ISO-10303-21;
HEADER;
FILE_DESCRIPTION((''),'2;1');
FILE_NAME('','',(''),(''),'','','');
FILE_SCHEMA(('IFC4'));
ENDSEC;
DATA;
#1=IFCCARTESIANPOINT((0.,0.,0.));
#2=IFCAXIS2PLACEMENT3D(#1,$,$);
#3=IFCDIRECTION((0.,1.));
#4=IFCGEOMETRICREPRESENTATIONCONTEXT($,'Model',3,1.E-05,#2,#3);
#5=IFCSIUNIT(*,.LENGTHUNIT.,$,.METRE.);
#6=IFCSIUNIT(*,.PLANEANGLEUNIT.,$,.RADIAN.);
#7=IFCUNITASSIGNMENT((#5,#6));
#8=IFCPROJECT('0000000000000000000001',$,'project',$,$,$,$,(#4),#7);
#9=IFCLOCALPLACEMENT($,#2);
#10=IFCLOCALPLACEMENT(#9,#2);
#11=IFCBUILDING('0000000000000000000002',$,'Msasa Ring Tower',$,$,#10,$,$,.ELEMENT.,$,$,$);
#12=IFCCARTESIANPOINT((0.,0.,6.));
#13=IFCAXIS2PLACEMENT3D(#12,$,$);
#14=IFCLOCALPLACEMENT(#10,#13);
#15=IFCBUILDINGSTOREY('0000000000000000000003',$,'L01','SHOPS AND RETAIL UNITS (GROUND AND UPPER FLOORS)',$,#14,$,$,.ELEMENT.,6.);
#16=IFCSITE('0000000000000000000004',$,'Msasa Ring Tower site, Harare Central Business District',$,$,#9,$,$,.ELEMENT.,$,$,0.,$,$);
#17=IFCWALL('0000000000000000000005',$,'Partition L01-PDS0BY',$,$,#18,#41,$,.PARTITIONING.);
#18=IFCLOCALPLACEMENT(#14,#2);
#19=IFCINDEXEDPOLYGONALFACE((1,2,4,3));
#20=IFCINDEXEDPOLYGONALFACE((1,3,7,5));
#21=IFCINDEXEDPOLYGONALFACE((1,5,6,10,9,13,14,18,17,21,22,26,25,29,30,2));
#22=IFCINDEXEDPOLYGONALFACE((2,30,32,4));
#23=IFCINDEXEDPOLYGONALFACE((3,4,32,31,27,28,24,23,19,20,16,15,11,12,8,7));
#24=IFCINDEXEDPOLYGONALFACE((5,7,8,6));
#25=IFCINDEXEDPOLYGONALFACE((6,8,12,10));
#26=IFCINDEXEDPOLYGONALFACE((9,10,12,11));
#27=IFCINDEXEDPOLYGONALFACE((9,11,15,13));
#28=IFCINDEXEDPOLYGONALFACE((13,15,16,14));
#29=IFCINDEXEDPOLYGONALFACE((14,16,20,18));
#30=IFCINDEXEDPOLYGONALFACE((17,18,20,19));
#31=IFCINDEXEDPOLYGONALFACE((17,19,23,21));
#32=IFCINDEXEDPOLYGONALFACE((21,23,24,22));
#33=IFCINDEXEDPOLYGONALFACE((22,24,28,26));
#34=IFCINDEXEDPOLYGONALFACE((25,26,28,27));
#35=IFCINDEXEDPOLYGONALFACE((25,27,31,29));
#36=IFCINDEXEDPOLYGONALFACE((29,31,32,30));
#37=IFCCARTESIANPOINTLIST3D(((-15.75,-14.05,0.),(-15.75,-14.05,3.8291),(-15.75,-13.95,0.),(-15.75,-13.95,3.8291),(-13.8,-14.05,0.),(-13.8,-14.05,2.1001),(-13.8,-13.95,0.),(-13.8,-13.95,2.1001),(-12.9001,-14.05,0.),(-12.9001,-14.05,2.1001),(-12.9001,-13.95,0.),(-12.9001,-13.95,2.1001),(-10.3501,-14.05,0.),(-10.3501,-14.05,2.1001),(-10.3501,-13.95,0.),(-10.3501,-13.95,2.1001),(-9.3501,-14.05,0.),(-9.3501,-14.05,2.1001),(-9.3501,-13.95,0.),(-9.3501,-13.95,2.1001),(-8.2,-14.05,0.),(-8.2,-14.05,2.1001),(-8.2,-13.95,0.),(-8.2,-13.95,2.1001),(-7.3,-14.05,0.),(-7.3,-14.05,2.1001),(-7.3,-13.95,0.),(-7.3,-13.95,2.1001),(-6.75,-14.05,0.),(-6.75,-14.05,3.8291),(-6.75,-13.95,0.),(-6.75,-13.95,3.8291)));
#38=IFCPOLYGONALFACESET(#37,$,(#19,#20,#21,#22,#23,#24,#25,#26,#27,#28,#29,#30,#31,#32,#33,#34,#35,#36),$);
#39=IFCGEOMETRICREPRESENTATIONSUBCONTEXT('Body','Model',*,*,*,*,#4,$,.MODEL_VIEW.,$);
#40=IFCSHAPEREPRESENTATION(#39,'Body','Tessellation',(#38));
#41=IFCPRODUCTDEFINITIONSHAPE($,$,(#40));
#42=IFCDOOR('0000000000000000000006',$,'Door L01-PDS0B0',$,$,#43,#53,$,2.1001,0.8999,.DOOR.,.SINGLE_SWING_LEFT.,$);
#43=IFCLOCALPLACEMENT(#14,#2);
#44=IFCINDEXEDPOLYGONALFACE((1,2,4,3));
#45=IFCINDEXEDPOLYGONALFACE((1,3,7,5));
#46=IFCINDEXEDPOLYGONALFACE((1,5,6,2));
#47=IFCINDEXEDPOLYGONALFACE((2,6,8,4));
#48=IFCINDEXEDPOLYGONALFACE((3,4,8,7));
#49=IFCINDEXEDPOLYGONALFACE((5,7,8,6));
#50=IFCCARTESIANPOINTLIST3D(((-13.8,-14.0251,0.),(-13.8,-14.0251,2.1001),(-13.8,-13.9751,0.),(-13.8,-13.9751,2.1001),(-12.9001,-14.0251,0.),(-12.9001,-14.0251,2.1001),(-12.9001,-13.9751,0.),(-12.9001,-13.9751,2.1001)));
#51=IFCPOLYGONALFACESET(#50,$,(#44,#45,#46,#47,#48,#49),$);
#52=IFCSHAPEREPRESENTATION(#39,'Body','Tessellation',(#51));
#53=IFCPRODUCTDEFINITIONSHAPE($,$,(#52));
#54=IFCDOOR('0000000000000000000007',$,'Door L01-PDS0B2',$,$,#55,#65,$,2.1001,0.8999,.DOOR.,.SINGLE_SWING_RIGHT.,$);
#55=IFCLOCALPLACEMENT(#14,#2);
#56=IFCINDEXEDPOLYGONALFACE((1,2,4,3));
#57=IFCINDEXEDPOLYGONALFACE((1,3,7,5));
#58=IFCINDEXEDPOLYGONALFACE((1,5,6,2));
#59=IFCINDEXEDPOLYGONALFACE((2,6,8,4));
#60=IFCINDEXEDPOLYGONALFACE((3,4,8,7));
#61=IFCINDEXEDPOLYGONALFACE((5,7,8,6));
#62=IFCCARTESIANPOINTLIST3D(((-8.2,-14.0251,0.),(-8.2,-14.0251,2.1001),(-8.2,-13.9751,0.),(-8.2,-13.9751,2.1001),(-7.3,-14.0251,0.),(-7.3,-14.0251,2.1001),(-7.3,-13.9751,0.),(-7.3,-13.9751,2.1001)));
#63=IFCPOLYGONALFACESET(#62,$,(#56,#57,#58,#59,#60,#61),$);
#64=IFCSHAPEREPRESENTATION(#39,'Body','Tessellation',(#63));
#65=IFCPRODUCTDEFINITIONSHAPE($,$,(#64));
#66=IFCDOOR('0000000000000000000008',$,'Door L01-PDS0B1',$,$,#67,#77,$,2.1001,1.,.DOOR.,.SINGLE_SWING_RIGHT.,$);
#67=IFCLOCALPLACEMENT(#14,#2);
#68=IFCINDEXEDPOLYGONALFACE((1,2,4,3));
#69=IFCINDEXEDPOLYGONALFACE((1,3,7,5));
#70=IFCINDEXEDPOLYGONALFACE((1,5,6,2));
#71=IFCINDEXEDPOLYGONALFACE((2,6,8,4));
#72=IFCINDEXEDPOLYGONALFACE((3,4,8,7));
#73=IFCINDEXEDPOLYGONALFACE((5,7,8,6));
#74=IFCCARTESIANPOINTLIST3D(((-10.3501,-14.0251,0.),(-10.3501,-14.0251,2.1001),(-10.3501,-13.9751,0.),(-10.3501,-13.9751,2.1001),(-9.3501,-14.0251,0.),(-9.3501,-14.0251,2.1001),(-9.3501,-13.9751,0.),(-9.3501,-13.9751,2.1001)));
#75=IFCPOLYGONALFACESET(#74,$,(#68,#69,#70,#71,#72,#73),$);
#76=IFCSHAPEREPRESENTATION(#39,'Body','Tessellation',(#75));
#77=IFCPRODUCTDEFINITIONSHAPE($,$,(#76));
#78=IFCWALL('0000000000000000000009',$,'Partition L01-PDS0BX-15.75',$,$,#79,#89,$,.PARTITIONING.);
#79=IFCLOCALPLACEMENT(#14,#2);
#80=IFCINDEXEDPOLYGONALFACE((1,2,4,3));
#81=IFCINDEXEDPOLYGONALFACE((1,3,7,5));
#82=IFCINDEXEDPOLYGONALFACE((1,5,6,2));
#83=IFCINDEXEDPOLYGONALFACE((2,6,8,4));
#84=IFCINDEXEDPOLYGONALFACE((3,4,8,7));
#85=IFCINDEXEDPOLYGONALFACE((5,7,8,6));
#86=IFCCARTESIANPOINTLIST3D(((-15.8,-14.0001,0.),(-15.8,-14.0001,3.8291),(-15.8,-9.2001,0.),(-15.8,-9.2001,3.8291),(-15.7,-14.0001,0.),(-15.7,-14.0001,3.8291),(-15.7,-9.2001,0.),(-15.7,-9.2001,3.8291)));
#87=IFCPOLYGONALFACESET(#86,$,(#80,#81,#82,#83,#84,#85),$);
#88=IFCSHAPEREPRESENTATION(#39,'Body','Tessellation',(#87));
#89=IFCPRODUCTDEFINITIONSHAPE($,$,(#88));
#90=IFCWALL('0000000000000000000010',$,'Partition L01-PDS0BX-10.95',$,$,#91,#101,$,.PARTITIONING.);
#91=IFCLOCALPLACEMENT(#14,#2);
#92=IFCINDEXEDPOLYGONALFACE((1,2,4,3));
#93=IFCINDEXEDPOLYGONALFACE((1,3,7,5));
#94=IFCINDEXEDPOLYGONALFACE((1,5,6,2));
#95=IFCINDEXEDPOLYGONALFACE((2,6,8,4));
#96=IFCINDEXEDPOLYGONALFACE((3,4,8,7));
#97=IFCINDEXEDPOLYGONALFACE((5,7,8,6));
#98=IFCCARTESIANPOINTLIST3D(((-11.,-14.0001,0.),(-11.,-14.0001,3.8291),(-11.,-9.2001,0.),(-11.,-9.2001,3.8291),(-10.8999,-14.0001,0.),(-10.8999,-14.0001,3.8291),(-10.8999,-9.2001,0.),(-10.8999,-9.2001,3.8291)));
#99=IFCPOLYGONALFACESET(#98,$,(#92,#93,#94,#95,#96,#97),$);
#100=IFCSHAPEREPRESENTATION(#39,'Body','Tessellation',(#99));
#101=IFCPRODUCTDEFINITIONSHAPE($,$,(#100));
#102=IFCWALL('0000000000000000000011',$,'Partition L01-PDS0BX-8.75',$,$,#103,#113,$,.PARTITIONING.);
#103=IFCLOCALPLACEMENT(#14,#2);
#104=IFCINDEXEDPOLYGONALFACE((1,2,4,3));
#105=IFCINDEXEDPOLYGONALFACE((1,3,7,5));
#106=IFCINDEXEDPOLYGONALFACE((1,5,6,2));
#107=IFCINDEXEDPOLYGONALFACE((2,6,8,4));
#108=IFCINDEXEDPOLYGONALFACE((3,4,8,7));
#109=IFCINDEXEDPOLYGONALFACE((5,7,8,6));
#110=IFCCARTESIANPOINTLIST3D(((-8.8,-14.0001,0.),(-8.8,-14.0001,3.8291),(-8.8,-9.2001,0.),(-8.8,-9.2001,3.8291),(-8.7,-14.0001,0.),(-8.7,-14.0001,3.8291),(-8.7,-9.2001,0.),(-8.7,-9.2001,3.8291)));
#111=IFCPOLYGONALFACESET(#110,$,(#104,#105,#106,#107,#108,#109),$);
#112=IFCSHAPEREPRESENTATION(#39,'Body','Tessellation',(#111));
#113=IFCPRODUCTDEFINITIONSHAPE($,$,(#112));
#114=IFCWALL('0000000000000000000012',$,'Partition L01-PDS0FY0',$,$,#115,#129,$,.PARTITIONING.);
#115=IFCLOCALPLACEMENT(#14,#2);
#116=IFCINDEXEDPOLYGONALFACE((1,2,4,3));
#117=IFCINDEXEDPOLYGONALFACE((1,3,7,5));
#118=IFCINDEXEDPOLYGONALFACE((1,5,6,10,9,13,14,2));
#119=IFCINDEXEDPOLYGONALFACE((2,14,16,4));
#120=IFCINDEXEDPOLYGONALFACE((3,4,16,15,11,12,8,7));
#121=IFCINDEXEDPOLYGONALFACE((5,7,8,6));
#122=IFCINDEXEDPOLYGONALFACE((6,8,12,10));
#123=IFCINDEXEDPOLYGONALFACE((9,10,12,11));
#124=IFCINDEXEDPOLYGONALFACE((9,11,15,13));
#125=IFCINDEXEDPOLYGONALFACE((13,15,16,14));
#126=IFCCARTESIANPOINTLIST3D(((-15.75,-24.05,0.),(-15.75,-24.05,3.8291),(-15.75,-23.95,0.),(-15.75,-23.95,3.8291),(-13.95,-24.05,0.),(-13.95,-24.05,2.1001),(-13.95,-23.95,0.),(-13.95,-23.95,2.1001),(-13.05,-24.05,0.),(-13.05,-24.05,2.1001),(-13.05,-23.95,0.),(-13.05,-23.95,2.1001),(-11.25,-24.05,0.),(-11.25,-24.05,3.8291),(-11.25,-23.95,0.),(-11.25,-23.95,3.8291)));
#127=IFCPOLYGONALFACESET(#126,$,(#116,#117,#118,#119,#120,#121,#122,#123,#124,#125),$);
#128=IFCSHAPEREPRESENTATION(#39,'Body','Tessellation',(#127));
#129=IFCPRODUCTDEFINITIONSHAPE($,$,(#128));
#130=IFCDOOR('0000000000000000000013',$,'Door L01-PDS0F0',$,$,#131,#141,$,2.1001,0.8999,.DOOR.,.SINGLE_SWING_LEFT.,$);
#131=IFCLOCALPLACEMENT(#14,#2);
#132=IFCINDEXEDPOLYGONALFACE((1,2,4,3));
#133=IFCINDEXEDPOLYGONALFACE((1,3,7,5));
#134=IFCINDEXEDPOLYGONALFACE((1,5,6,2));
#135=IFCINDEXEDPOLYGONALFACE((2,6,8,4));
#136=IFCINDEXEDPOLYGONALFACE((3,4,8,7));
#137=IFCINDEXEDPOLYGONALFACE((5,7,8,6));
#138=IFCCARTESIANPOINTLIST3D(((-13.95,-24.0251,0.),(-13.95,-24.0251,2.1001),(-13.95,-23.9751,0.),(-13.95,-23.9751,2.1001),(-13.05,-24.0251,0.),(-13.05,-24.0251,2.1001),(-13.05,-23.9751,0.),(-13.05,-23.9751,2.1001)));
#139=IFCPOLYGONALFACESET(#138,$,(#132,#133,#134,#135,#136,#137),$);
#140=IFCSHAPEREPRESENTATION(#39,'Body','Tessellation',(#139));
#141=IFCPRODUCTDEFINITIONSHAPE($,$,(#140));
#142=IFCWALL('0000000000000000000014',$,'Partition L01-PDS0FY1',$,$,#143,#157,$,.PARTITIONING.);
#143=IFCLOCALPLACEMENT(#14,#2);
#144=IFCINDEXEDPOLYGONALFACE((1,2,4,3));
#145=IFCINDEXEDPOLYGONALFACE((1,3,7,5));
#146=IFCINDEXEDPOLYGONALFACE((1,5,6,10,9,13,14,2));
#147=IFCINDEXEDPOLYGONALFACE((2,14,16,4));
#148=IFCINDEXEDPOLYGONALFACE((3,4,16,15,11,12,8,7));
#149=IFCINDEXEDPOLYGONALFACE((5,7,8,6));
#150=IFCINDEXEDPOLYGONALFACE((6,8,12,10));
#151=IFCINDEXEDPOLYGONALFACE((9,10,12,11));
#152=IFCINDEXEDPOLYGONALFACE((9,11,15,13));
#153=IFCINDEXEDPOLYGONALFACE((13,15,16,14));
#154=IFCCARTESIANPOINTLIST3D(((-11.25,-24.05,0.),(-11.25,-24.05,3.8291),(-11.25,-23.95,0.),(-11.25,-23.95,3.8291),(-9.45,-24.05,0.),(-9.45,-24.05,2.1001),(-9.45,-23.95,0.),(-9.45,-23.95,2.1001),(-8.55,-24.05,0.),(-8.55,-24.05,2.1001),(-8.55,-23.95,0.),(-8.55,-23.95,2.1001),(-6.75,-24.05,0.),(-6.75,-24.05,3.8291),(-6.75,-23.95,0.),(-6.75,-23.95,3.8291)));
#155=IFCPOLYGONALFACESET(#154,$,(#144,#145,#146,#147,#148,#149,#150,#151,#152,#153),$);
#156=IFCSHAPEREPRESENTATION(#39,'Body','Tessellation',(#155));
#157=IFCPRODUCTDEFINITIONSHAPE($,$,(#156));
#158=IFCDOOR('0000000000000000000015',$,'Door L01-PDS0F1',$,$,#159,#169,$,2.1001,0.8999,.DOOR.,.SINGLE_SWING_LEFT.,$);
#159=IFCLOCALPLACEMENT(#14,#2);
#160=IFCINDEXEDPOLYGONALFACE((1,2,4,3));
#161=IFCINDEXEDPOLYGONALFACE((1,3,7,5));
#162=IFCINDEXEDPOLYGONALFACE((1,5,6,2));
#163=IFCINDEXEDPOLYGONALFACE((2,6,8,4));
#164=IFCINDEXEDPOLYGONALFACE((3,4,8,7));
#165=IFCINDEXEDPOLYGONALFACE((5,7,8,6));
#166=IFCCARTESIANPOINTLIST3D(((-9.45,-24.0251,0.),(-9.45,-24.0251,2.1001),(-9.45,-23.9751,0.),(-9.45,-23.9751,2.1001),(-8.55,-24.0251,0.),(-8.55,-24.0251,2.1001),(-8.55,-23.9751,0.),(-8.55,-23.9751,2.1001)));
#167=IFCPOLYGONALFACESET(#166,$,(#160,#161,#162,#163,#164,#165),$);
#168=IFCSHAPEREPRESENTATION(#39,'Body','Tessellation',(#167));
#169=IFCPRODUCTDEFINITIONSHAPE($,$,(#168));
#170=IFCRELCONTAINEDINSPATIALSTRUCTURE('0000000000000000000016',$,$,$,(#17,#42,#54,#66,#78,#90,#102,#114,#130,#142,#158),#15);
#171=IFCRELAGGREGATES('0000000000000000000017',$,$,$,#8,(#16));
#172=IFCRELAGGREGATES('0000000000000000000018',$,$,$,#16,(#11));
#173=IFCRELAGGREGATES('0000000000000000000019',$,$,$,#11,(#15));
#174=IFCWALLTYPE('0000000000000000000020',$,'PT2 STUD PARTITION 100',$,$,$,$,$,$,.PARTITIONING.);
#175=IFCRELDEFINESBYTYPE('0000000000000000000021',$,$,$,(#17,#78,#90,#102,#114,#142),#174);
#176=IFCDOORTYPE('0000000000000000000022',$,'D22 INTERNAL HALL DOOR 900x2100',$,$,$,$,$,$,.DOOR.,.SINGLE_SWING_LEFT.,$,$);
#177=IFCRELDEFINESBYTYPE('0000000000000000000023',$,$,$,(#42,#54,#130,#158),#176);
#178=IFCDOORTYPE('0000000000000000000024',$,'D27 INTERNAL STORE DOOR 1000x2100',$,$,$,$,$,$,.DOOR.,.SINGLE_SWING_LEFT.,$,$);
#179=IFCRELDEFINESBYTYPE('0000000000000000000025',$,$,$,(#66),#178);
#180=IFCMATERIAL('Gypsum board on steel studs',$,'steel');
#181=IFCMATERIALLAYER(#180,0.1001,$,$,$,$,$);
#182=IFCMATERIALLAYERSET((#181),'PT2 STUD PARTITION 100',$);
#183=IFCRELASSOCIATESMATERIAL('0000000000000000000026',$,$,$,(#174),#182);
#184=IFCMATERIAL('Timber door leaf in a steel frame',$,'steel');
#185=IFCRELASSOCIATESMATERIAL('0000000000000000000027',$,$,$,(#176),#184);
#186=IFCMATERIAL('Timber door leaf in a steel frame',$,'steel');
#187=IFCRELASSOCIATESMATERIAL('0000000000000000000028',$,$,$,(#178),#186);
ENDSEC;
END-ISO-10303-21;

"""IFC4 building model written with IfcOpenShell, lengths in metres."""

from ifc_helpers import new_model, si_unit, direction, frame, frame_2d, origin, place, context, subcontext, project, spatial, rectangle, extrude, material, layer, layer_set, type_object, element, fill, save


model = new_model("IFC4")

# Units and contexts
model_context = context("Model", 3, precision=1e-05, world=origin(), true_north=direction((0.0, 1.0)))
body_context = subcontext(model_context, "Body", "Model", "MODEL_VIEW")
ifc_project = project(units=[si_unit("LENGTHUNIT", "METRE"), si_unit("PLANEANGLEUNIT", "RADIAN")], contexts=[model_context])

# Site, building, storey
site_placement = place(None, origin())
site = spatial("IfcSite", under=ifc_project, at=site_placement, Name="Msasa Ring Tower site, Harare Central Business District", CompositionType="ELEMENT", RefElevation=0.0)
building_placement = place(site_placement, origin())
building = spatial("IfcBuilding", under=site, at=building_placement, Name="Msasa Ring Tower", CompositionType="ELEMENT")
storey_placement = place(building_placement, frame((0.0, 0.0, 6.0)))
storey = spatial("IfcBuildingStorey", under=building, at=storey_placement, Name="L01", Description="SHOPS AND RETAIL UNITS (GROUND AND UPPER FLOORS)", CompositionType="ELEMENT", Elevation=6.0)

# Wall, openings, doors
ifc_material_1 = material(Name="Gypsum board on steel studs", Category="steel")
ifc_layer_1 = layer(ifc_material_1, 0.1001)
ifc_layer_set_1 = layer_set([ifc_layer_1], Name="PT2 STUD PARTITION 100")
wall_type_1 = type_object("IfcWallType", Name="PT2 STUD PARTITION 100", PredefinedType="PARTITIONING", material=ifc_layer_set_1)
wall_1_placement = place(storey_placement, frame((-15.75, -14.0, 0.0), z_axis=(0.0, 0.0, 1.0), x_axis=(1.0, 0.0, 0.0)))
wall_1 = element("IfcWall", 1, at=wall_1_placement, inside=storey, type_object=wall_type_1, Name="Partition L01-PDS0BY", PredefinedType="PARTITIONING", context=body_context, shape_type="SweptSolid", body=[
    extrude(rectangle(XDim=9.0, YDim=0.1001, at=frame_2d((4.5, 0.0))), origin(), (0.0, 0.0, 1.0), 3.8291),
])
opening_1_placement = place(wall_1_placement, frame((1.95, 0.0, 0.0)))
opening_1 = element("IfcOpeningElement", 2, at=opening_1_placement, cuts=wall_1, PredefinedType="OPENING", context=body_context, shape_type="SweptSolid", body=[
    extrude(rectangle(XDim=0.8999, YDim=2.1001, at=frame_2d((0.45, 1.05))), frame((0.0, 0.0601, 0.0), z_axis=(0.0, -1.0, 0.0), x_axis=(1.0, 0.0, 0.0)), (0.0, 0.0, 1.0), 0.1201),
])
opening_2_placement = place(wall_1_placement, frame((5.3999, 0.0, 0.0)))
opening_2 = element("IfcOpeningElement", 3, at=opening_2_placement, cuts=wall_1, PredefinedType="OPENING", context=body_context, shape_type="SweptSolid", body=[
    extrude(rectangle(XDim=1.0, YDim=2.1001, at=frame_2d((0.5, 1.05))), frame((0.0, 0.0601, 0.0), z_axis=(0.0, -1.0, 0.0), x_axis=(1.0, 0.0, 0.0)), (0.0, 0.0, 1.0), 0.1201),
])
opening_3_placement = place(wall_1_placement, frame((7.55, 0.0, 0.0)))
opening_3 = element("IfcOpeningElement", 4, at=opening_3_placement, cuts=wall_1, PredefinedType="OPENING", context=body_context, shape_type="SweptSolid", body=[
    extrude(rectangle(XDim=0.8999, YDim=2.1001, at=frame_2d((0.45, 1.05))), frame((0.0, 0.0601, 0.0), z_axis=(0.0, -1.0, 0.0), x_axis=(1.0, 0.0, 0.0)), (0.0, 0.0, 1.0), 0.1201),
])
ifc_material_2 = material(Name="Timber door leaf in a steel frame", Category="steel")
door_type_1 = type_object("IfcDoorType", Name="D22 INTERNAL HALL DOOR 900x2100", OperationType="SINGLE_SWING_LEFT", PredefinedType="DOOR", material=ifc_material_2)
door_1_placement = place(opening_1_placement, origin())
door_1 = element("IfcDoor", 5, at=door_1_placement, inside=storey, type_object=door_type_1, Name="Door L01-PDS0B0", OperationType="SINGLE_SWING_LEFT", OverallHeight=2.1001, OverallWidth=0.8999, PredefinedType="DOOR", context=body_context, shape_type="SweptSolid", body=[
    extrude(rectangle(XDim=0.8999, YDim=2.1001, at=frame_2d((0.45, 1.05))), frame((0.0, 0.0249, 0.0), z_axis=(0.0, -1.0, 0.0), x_axis=(1.0, 0.0, 0.0)), (0.0, 0.0, 1.0), 0.05),
])
fill(opening_1, door_1)
door_2_placement = place(opening_3_placement, origin())
door_2 = element("IfcDoor", 6, at=door_2_placement, inside=storey, type_object=door_type_1, Name="Door L01-PDS0B2", OperationType="SINGLE_SWING_RIGHT", OverallHeight=2.1001, OverallWidth=0.8999, PredefinedType="DOOR", context=body_context, shape_type="SweptSolid", body=[
    extrude(rectangle(XDim=0.8999, YDim=2.1001, at=frame_2d((0.45, 1.05))), frame((0.0, 0.0249, 0.0), z_axis=(0.0, -1.0, 0.0), x_axis=(1.0, 0.0, 0.0)), (0.0, 0.0, 1.0), 0.05),
])
fill(opening_3, door_2)
ifc_material_3 = material(Name="Timber door leaf in a steel frame", Category="steel")
door_type_2 = type_object("IfcDoorType", Name="D27 INTERNAL STORE DOOR 1000x2100", OperationType="SINGLE_SWING_LEFT", PredefinedType="DOOR", material=ifc_material_3)
door_3_placement = place(opening_2_placement, origin())
door_3 = element("IfcDoor", 7, at=door_3_placement, inside=storey, type_object=door_type_2, Name="Door L01-PDS0B1", OperationType="SINGLE_SWING_RIGHT", OverallHeight=2.1001, OverallWidth=1.0, PredefinedType="DOOR", context=body_context, shape_type="SweptSolid", body=[
    extrude(rectangle(XDim=1.0, YDim=2.1001, at=frame_2d((0.5, 1.05))), frame((0.0, 0.0249, 0.0), z_axis=(0.0, -1.0, 0.0), x_axis=(1.0, 0.0, 0.0)), (0.0, 0.0, 1.0), 0.05),
])
fill(opening_2, door_3)

# Walls
for number, where, z_axis, x_axis, name in (
    (8, (-15.75, -14.0, 0.0), (0.0, 0.0, 1.0), (0.0, 1.0, 0.0), "Partition L01-PDS0BX-15.75"),
    (9, (-10.95, -14.0, 0.0), (0.0, 0.0, 1.0), (0.0, 1.0, 0.0), "Partition L01-PDS0BX-10.95"),
    (10, (-8.75, -14.0, 0.0), (0.0, 0.0, 1.0), (0.0, 1.0, 0.0), "Partition L01-PDS0BX-8.75"),
):
    element("IfcWall", number, at=place(storey_placement, frame(where, z_axis=z_axis, x_axis=x_axis)), inside=storey, type_object=wall_type_1, Name=name, PredefinedType="PARTITIONING", context=body_context, shape_type="SweptSolid", body=[
        extrude(rectangle(XDim=4.8, YDim=0.1001, at=frame_2d((2.3999, 0.0))), origin(), (0.0, 0.0, 1.0), 3.8291),
    ])

# Walls, openings, doors
wall_2_placement = place(storey_placement, frame((-15.75, -24.0, 0.0), z_axis=(0.0, 0.0, 1.0), x_axis=(1.0, 0.0, 0.0)))
wall_2 = element("IfcWall", 11, at=wall_2_placement, inside=storey, type_object=wall_type_1, Name="Partition L01-PDS0FY0", PredefinedType="PARTITIONING", context=body_context, shape_type="SweptSolid", body=[
    extrude(rectangle(XDim=4.5, YDim=0.1001, at=frame_2d((2.25, 0.0))), origin(), (0.0, 0.0, 1.0), 3.8291),
])
opening_4_placement = place(wall_2_placement, frame((1.8, 0.0, 0.0)))
opening_4 = element("IfcOpeningElement", 12, at=opening_4_placement, cuts=wall_2, PredefinedType="OPENING", context=body_context, shape_type="SweptSolid", body=[
    extrude(rectangle(XDim=0.8999, YDim=2.1001, at=frame_2d((0.45, 1.05))), frame((0.0, 0.0601, 0.0), z_axis=(0.0, -1.0, 0.0), x_axis=(1.0, 0.0, 0.0)), (0.0, 0.0, 1.0), 0.1201),
])
door_4_placement = place(opening_4_placement, origin())
door_4 = element("IfcDoor", 13, at=door_4_placement, inside=storey, type_object=door_type_1, Name="Door L01-PDS0F0", OperationType="SINGLE_SWING_LEFT", OverallHeight=2.1001, OverallWidth=0.8999, PredefinedType="DOOR", context=body_context, shape_type="SweptSolid", body=[
    extrude(rectangle(XDim=0.8999, YDim=2.1001, at=frame_2d((0.45, 1.05))), frame((0.0, 0.0249, 0.0), z_axis=(0.0, -1.0, 0.0), x_axis=(1.0, 0.0, 0.0)), (0.0, 0.0, 1.0), 0.05),
])
fill(opening_4, door_4)
wall_3_placement = place(storey_placement, frame((-11.25, -24.0, 0.0), z_axis=(0.0, 0.0, 1.0), x_axis=(1.0, 0.0, 0.0)))
wall_3 = element("IfcWall", 14, at=wall_3_placement, inside=storey, type_object=wall_type_1, Name="Partition L01-PDS0FY1", PredefinedType="PARTITIONING", context=body_context, shape_type="SweptSolid", body=[
    extrude(rectangle(XDim=4.5, YDim=0.1001, at=frame_2d((2.25, 0.0))), origin(), (0.0, 0.0, 1.0), 3.8291),
])
opening_5_placement = place(wall_3_placement, frame((1.8, 0.0, 0.0)))
opening_5 = element("IfcOpeningElement", 15, at=opening_5_placement, cuts=wall_3, PredefinedType="OPENING", context=body_context, shape_type="SweptSolid", body=[
    extrude(rectangle(XDim=0.8999, YDim=2.1001, at=frame_2d((0.45, 1.05))), frame((0.0, 0.0601, 0.0), z_axis=(0.0, -1.0, 0.0), x_axis=(1.0, 0.0, 0.0)), (0.0, 0.0, 1.0), 0.1201),
])
door_5_placement = place(opening_5_placement, origin())
door_5 = element("IfcDoor", 16, at=door_5_placement, inside=storey, type_object=door_type_1, Name="Door L01-PDS0F1", OperationType="SINGLE_SWING_LEFT", OverallHeight=2.1001, OverallWidth=0.8999, PredefinedType="DOOR", context=body_context, shape_type="SweptSolid", body=[
    extrude(rectangle(XDim=0.8999, YDim=2.1001, at=frame_2d((0.45, 1.05))), frame((0.0, 0.0249, 0.0), z_axis=(0.0, -1.0, 0.0), x_axis=(1.0, 0.0, 0.0)), (0.0, 0.0, 1.0), 0.05),
])
fill(opening_5, door_5)

save(model, "model.ifc")
